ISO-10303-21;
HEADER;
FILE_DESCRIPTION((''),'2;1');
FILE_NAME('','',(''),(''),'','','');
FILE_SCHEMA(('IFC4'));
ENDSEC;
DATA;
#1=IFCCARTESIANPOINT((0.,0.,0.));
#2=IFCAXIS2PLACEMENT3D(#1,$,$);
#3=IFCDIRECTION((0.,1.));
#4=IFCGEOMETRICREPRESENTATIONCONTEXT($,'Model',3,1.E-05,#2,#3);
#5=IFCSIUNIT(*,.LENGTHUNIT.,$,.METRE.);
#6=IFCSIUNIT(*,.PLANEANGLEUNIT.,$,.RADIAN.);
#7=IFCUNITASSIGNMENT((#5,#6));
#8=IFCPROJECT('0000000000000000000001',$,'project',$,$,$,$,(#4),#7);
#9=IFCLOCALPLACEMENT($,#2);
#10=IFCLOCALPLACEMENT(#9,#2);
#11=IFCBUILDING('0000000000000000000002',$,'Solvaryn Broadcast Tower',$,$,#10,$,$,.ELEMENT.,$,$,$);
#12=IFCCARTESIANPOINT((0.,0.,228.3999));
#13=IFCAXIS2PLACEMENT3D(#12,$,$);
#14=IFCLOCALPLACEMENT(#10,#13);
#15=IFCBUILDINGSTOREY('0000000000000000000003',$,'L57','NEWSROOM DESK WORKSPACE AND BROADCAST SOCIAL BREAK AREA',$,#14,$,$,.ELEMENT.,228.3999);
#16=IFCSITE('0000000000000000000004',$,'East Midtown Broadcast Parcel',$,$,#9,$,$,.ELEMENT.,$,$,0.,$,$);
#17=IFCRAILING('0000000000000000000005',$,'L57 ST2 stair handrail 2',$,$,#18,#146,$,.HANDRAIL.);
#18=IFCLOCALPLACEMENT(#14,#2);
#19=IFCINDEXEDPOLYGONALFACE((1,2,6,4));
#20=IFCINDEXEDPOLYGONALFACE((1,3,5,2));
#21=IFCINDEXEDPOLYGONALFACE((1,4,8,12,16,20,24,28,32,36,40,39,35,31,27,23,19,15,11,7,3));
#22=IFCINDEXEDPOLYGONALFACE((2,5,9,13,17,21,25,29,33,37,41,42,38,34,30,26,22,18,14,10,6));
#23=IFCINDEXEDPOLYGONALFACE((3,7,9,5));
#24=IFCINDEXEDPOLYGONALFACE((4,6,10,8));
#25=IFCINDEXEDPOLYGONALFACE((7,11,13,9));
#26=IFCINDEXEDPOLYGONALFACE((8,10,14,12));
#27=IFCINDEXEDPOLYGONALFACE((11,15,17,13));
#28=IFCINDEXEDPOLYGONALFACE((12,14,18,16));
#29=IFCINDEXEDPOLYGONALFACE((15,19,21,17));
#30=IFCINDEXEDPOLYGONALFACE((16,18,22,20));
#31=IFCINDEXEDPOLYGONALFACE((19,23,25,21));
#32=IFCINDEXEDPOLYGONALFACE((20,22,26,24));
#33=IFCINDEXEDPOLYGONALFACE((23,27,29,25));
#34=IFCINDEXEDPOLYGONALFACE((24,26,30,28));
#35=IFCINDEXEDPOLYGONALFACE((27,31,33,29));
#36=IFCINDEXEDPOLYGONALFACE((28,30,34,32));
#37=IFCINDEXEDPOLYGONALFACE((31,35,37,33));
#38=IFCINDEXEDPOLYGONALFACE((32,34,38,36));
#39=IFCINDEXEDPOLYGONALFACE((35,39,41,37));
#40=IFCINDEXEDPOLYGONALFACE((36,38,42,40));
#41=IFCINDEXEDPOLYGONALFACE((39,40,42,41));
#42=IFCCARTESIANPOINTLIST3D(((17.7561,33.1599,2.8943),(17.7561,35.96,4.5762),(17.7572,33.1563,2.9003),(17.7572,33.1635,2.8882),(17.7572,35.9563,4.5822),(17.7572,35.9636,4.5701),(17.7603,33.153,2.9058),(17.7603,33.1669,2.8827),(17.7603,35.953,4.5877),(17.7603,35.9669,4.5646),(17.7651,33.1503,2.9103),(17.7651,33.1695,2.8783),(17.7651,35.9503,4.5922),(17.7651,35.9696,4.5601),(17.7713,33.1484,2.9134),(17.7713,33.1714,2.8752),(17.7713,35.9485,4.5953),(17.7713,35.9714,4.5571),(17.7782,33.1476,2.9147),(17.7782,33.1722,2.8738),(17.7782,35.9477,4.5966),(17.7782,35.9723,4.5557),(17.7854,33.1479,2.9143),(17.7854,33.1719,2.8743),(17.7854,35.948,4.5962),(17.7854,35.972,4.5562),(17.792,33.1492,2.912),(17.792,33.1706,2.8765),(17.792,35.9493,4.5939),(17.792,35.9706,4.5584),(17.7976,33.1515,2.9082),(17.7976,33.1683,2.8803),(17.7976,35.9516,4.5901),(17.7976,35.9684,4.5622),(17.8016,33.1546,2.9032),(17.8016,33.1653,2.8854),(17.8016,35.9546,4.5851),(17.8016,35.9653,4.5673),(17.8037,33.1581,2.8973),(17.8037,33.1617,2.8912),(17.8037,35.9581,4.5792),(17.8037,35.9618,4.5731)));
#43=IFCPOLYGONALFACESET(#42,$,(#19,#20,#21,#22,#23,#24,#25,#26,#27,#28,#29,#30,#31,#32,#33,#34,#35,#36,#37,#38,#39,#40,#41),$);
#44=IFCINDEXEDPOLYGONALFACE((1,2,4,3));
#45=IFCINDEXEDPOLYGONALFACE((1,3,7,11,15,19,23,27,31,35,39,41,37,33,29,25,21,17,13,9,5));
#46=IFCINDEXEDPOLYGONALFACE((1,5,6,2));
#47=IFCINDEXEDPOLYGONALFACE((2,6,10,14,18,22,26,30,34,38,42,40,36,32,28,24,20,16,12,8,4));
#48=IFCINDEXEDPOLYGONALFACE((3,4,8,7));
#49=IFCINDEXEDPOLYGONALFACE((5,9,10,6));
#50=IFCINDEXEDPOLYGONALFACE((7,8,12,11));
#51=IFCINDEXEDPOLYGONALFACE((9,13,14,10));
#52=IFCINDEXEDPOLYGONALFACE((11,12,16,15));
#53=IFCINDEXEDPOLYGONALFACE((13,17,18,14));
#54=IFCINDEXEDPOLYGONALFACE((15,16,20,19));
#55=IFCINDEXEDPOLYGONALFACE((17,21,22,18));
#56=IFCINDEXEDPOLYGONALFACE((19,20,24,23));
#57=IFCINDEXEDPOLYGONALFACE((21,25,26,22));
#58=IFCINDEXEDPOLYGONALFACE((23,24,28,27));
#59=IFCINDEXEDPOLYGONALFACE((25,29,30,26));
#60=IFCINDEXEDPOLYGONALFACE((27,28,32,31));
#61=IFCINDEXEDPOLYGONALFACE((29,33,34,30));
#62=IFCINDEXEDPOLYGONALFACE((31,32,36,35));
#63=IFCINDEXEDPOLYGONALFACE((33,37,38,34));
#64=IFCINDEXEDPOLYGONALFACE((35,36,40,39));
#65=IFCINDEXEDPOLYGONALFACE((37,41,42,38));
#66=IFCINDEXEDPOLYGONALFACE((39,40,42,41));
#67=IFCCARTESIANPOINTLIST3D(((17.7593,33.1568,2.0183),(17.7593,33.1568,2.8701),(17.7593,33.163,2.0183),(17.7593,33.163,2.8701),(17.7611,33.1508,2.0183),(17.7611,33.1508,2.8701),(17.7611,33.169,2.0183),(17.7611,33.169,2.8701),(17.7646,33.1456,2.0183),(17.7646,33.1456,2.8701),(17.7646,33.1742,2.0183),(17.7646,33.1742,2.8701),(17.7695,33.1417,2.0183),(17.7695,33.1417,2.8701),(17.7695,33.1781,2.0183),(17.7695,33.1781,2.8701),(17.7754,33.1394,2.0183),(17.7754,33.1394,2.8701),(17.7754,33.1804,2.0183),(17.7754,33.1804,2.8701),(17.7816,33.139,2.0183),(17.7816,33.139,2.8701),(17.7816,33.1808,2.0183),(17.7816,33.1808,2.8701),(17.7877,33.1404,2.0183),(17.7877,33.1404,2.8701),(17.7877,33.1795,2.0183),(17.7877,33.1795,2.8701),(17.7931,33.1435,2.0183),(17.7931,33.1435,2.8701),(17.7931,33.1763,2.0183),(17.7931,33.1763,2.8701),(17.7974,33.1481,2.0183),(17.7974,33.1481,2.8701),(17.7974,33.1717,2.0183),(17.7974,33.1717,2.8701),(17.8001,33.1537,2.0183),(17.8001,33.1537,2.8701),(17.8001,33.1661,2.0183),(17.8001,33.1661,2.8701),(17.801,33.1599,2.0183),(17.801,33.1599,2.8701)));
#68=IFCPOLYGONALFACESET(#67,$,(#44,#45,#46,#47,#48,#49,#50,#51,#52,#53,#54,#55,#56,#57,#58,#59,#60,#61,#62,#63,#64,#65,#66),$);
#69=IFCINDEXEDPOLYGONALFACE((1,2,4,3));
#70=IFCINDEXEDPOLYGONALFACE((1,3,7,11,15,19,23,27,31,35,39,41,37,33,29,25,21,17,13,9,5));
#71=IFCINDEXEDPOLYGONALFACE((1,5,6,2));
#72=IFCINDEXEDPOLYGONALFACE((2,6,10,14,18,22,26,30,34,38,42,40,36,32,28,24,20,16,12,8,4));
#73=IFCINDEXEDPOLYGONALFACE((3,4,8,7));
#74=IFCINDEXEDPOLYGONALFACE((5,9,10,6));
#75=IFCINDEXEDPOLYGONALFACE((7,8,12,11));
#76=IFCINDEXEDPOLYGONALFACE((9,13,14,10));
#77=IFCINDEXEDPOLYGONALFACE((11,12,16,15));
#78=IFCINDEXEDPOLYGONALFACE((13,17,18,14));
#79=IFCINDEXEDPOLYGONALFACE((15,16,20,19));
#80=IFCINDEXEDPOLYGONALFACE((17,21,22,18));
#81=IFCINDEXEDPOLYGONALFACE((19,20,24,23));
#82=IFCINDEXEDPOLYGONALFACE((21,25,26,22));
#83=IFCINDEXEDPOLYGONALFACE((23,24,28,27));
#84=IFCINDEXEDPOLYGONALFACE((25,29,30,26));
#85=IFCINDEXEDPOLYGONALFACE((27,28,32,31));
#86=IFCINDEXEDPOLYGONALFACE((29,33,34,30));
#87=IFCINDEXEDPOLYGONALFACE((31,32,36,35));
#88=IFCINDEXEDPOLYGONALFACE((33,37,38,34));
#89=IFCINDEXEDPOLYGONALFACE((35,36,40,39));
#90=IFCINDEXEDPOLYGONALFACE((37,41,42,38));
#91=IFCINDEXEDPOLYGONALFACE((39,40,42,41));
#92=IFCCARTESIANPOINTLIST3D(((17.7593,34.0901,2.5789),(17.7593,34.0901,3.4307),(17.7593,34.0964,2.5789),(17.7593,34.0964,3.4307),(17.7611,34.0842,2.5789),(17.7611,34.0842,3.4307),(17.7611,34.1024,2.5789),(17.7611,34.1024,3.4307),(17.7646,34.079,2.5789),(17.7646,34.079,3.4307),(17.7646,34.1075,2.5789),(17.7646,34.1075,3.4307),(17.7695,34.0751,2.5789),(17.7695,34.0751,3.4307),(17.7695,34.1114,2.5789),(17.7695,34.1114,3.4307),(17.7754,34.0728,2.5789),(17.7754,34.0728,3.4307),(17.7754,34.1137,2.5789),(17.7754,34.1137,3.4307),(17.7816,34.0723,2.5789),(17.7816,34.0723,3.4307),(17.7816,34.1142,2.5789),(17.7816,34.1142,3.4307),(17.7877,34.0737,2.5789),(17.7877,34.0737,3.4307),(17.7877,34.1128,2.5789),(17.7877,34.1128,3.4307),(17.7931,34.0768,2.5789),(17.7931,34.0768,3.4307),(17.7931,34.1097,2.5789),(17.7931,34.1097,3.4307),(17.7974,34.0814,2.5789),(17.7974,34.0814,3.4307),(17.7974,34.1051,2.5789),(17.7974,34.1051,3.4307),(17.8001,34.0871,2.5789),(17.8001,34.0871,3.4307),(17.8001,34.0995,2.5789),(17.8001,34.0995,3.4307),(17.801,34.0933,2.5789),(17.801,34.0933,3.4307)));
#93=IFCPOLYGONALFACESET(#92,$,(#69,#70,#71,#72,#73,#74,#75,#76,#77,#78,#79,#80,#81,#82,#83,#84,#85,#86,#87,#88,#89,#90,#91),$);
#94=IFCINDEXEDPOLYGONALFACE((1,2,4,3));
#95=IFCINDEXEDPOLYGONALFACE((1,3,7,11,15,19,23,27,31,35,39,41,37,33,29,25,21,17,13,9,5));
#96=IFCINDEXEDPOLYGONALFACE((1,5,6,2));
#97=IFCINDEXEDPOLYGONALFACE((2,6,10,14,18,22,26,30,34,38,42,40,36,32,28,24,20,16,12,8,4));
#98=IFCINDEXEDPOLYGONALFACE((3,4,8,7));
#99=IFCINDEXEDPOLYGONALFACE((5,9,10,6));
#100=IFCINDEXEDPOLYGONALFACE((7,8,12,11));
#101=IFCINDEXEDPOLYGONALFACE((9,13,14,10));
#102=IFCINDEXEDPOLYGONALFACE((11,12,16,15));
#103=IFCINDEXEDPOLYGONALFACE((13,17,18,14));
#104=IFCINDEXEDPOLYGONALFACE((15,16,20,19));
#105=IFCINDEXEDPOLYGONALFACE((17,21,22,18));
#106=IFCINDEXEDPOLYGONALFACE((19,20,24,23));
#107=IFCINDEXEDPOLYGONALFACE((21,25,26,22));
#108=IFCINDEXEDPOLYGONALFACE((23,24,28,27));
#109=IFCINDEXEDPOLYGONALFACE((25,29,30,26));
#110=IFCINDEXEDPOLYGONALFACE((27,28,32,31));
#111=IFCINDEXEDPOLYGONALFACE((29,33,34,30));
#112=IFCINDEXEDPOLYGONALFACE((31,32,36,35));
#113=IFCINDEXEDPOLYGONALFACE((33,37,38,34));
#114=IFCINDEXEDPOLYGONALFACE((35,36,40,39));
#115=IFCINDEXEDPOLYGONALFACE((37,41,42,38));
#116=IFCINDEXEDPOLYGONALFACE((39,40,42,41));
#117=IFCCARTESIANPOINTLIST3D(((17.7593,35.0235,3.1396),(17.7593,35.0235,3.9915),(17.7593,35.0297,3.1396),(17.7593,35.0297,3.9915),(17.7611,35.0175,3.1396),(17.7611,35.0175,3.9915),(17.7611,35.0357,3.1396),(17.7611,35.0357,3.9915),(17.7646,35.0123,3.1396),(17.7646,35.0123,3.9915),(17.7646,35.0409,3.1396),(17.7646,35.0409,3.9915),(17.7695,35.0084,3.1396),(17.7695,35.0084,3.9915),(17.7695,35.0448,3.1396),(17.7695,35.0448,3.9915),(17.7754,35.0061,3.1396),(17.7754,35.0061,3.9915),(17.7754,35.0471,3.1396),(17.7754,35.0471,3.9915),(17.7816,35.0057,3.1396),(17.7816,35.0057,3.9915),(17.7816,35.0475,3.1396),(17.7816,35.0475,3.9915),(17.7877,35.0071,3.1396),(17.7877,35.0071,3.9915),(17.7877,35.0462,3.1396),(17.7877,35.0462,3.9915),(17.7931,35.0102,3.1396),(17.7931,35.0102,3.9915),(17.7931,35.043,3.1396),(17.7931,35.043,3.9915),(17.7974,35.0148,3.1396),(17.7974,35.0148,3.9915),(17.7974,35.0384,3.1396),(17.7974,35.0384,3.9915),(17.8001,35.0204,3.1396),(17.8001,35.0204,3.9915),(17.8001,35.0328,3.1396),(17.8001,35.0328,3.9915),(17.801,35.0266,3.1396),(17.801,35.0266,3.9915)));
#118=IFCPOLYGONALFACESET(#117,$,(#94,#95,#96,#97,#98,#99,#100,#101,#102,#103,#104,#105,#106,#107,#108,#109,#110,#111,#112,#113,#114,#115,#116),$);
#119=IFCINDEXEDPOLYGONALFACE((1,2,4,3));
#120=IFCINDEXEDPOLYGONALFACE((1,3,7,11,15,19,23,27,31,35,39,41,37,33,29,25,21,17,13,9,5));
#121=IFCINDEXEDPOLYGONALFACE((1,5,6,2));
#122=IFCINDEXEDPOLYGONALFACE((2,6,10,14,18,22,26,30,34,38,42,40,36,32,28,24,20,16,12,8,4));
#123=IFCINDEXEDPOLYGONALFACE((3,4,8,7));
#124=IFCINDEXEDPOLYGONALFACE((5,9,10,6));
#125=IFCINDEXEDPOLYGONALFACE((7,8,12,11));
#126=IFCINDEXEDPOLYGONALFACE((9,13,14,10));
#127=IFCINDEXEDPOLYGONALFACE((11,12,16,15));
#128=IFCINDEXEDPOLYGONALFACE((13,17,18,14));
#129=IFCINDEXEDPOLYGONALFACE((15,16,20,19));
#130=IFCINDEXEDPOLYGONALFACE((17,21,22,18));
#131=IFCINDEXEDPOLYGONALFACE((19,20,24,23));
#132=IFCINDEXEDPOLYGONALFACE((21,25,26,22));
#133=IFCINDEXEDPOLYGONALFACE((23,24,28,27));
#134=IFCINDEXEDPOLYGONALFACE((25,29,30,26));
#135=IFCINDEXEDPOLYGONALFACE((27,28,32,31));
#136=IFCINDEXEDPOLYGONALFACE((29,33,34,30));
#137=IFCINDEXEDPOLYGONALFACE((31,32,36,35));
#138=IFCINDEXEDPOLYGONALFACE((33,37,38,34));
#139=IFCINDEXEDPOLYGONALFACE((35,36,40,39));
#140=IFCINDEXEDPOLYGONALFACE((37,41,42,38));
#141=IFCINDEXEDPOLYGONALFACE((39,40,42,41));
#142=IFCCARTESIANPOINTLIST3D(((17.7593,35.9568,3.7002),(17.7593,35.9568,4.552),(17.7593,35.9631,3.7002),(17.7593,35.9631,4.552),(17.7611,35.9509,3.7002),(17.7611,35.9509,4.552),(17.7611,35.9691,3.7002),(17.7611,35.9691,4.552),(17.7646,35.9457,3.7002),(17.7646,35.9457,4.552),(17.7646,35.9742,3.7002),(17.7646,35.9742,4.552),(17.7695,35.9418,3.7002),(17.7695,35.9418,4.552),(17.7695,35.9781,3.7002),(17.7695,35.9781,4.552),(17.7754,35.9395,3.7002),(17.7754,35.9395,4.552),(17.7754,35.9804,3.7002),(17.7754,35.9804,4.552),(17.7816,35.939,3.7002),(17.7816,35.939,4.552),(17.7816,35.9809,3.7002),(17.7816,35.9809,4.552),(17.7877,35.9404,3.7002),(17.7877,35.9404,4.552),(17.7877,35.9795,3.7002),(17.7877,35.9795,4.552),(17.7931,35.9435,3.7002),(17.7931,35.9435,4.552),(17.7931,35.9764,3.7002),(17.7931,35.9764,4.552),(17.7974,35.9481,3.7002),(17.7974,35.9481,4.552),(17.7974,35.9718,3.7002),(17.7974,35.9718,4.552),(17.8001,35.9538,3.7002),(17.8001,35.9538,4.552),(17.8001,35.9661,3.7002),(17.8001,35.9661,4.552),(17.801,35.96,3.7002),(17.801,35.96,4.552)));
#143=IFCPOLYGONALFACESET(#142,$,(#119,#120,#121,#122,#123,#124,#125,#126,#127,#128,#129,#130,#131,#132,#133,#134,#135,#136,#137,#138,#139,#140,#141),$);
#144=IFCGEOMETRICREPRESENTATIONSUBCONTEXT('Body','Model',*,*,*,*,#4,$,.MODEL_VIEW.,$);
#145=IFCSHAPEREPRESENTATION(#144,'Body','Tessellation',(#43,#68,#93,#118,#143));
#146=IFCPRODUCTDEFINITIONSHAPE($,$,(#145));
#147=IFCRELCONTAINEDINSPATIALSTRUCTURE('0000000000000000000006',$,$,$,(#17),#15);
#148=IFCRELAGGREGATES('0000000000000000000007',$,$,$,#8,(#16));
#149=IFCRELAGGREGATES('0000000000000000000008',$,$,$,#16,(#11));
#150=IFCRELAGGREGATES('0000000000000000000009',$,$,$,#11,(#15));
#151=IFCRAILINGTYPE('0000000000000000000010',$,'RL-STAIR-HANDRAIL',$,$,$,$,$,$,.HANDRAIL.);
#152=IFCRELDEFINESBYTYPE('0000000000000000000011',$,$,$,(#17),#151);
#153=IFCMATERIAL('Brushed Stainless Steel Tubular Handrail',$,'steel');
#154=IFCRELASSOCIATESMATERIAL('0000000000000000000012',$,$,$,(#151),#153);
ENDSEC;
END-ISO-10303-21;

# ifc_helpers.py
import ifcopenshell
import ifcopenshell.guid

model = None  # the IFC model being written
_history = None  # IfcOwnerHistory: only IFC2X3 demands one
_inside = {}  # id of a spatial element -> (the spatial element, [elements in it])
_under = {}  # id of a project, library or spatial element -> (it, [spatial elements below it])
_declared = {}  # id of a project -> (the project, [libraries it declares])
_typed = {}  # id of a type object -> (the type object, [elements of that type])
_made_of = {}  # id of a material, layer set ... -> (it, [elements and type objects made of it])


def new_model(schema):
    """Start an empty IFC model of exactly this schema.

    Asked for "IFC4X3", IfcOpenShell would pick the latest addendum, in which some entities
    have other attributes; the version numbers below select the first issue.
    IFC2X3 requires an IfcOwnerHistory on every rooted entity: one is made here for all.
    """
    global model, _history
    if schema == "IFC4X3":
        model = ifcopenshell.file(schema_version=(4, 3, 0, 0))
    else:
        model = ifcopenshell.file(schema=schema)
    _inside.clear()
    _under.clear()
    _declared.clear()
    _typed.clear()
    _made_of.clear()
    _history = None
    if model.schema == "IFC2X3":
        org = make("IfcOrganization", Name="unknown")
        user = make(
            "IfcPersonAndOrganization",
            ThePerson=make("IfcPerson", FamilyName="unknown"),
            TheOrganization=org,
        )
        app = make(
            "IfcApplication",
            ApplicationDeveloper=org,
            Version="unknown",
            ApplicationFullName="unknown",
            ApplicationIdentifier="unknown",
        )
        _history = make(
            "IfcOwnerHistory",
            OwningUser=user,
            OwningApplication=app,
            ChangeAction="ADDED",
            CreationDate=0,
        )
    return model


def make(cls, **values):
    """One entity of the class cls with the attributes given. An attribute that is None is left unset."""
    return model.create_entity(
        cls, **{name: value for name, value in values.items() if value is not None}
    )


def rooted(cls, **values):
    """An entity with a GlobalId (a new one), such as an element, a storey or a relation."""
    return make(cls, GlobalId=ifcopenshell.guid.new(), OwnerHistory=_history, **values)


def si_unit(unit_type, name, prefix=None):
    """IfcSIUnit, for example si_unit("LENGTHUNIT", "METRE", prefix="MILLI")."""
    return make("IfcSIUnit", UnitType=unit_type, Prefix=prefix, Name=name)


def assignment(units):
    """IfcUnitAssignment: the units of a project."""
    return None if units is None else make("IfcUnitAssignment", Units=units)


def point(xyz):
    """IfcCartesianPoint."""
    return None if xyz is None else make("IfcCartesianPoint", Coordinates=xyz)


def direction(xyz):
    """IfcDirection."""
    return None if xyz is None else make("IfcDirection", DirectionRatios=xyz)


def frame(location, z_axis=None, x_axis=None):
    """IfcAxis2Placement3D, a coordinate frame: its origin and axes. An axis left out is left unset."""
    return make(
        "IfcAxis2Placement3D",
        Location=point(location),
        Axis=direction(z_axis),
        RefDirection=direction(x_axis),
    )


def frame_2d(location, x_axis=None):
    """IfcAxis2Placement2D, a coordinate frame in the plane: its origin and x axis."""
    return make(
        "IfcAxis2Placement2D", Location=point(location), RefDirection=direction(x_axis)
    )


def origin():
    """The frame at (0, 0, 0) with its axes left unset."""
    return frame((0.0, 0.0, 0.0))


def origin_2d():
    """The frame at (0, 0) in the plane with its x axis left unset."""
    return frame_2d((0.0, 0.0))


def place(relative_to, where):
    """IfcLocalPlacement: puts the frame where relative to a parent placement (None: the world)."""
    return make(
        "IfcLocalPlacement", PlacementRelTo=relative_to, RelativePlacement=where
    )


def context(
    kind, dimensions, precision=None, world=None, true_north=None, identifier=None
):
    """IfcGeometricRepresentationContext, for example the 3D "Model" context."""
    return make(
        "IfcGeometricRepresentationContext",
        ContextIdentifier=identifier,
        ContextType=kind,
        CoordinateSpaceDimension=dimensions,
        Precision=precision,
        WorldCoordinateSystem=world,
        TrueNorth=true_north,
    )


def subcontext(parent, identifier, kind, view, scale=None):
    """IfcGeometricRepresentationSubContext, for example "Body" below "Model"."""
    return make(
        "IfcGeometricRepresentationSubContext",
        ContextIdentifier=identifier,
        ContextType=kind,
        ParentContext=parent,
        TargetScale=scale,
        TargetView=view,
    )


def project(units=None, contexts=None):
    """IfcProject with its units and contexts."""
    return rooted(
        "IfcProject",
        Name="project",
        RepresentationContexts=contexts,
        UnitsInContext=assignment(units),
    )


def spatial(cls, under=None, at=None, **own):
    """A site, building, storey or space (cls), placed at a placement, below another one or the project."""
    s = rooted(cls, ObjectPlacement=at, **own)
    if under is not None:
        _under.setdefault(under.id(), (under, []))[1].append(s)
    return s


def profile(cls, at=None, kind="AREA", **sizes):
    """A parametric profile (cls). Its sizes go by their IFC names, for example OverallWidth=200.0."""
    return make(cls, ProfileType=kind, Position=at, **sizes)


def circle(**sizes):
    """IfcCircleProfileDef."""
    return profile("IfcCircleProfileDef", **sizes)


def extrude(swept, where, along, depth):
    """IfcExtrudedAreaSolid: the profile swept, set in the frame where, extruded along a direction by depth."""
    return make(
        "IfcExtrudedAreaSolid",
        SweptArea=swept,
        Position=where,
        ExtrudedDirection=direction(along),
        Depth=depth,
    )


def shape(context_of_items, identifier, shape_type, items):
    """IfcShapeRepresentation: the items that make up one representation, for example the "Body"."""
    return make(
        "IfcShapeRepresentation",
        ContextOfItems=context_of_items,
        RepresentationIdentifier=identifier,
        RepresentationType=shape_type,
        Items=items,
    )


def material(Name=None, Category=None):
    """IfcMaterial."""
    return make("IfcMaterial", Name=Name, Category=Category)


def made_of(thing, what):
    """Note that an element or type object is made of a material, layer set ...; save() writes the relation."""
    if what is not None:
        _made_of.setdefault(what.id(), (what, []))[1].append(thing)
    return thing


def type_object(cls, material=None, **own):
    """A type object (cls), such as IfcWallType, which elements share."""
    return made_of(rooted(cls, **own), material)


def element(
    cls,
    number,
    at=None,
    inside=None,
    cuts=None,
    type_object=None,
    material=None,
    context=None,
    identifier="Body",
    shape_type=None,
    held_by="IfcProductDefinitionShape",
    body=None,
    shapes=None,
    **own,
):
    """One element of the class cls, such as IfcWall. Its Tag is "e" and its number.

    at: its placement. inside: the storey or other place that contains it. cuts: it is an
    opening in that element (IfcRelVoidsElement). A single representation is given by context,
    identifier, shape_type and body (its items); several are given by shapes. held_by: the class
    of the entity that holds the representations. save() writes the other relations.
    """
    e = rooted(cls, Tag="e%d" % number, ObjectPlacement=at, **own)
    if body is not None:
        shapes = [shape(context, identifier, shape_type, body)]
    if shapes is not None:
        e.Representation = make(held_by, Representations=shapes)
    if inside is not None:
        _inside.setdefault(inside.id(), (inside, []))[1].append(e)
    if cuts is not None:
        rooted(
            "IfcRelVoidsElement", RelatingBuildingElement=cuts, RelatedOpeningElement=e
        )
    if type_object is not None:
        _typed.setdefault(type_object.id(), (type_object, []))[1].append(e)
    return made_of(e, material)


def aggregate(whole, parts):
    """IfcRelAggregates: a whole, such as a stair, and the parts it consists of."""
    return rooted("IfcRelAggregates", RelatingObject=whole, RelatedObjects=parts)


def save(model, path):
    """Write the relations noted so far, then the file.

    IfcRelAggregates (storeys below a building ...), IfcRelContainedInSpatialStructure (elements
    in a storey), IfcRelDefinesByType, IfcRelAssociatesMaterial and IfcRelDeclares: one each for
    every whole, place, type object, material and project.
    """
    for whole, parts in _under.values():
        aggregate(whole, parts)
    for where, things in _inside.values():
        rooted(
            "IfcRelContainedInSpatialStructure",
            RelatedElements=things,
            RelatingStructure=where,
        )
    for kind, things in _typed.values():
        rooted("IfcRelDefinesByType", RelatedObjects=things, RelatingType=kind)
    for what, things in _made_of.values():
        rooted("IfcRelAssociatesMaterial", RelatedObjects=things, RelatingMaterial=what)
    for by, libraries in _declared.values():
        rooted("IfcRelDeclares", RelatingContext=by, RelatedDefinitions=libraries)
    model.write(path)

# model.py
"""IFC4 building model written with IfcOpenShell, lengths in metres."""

from ifc_helpers import new_model, si_unit, direction, frame, origin, origin_2d, place, context, subcontext, project, spatial, circle, extrude, material, type_object, element, save


model = new_model("IFC4")

# Units and contexts
model_context = context("Model", 3, precision=1e-05, world=origin(), true_north=direction((0.0, 1.0)))
body_context = subcontext(model_context, "Body", "Model", "MODEL_VIEW")
ifc_project = project(units=[si_unit("LENGTHUNIT", "METRE"), si_unit("PLANEANGLEUNIT", "RADIAN")], contexts=[model_context])

# Site, building, storey
site_placement = place(None, origin())
site = spatial("IfcSite", under=ifc_project, at=site_placement, Name="East Midtown Broadcast Parcel", CompositionType="ELEMENT", RefElevation=0.0)
building_placement = place(site_placement, origin())
building = spatial("IfcBuilding", under=site, at=building_placement, Name="Solvaryn Broadcast Tower", CompositionType="ELEMENT")
storey_placement = place(building_placement, frame((0.0, 0.0, 228.3999)))
storey = spatial("IfcBuildingStorey", under=building, at=storey_placement, Name="L57", Description="NEWSROOM DESK WORKSPACE AND BROADCAST SOCIAL BREAK AREA", CompositionType="ELEMENT", Elevation=228.3999)

# Railing
ifc_material_1 = material(Name="Brushed Stainless Steel Tubular Handrail", Category="steel")
railing_type_1 = type_object("IfcRailingType", Name="RL-STAIR-HANDRAIL", PredefinedType="HANDRAIL", material=ifc_material_1)
railing_1_placement = place(storey_placement, frame((17.78, 33.1599, 2.0183)))
element("IfcRailing", 1, at=railing_1_placement, inside=storey, type_object=railing_type_1, Name="L57 ST2 stair handrail 2", PredefinedType="HANDRAIL", context=body_context, shape_type="SweptSolid", body=[
    extrude(circle(Radius=0.0239, at=origin_2d()), frame((0.0, 0.0, 0.876), z_axis=(0.0, 0.857242, 0.514913), x_axis=(-1.0, 0.0, 0.0)), (0.0, 0.0, 1.0), 3.2664),
    extrude(circle(Radius=0.021, at=origin_2d()), origin(), (0.0, 0.0, 1.0), 0.8518),
    extrude(circle(Radius=0.021, at=origin_2d()), frame((0.0, 0.9333, 0.5605)), (0.0, 0.0, 1.0), 0.8518),
    extrude(circle(Radius=0.021, at=origin_2d()), frame((0.0, 1.8667, 1.1213)), (0.0, 0.0, 1.0), 0.8518),
    extrude(circle(Radius=0.021, at=origin_2d()), frame((0.0, 2.8, 1.6819)), (0.0, 0.0, 1.0), 0.8518),
])

save(model, "model.ifc")
